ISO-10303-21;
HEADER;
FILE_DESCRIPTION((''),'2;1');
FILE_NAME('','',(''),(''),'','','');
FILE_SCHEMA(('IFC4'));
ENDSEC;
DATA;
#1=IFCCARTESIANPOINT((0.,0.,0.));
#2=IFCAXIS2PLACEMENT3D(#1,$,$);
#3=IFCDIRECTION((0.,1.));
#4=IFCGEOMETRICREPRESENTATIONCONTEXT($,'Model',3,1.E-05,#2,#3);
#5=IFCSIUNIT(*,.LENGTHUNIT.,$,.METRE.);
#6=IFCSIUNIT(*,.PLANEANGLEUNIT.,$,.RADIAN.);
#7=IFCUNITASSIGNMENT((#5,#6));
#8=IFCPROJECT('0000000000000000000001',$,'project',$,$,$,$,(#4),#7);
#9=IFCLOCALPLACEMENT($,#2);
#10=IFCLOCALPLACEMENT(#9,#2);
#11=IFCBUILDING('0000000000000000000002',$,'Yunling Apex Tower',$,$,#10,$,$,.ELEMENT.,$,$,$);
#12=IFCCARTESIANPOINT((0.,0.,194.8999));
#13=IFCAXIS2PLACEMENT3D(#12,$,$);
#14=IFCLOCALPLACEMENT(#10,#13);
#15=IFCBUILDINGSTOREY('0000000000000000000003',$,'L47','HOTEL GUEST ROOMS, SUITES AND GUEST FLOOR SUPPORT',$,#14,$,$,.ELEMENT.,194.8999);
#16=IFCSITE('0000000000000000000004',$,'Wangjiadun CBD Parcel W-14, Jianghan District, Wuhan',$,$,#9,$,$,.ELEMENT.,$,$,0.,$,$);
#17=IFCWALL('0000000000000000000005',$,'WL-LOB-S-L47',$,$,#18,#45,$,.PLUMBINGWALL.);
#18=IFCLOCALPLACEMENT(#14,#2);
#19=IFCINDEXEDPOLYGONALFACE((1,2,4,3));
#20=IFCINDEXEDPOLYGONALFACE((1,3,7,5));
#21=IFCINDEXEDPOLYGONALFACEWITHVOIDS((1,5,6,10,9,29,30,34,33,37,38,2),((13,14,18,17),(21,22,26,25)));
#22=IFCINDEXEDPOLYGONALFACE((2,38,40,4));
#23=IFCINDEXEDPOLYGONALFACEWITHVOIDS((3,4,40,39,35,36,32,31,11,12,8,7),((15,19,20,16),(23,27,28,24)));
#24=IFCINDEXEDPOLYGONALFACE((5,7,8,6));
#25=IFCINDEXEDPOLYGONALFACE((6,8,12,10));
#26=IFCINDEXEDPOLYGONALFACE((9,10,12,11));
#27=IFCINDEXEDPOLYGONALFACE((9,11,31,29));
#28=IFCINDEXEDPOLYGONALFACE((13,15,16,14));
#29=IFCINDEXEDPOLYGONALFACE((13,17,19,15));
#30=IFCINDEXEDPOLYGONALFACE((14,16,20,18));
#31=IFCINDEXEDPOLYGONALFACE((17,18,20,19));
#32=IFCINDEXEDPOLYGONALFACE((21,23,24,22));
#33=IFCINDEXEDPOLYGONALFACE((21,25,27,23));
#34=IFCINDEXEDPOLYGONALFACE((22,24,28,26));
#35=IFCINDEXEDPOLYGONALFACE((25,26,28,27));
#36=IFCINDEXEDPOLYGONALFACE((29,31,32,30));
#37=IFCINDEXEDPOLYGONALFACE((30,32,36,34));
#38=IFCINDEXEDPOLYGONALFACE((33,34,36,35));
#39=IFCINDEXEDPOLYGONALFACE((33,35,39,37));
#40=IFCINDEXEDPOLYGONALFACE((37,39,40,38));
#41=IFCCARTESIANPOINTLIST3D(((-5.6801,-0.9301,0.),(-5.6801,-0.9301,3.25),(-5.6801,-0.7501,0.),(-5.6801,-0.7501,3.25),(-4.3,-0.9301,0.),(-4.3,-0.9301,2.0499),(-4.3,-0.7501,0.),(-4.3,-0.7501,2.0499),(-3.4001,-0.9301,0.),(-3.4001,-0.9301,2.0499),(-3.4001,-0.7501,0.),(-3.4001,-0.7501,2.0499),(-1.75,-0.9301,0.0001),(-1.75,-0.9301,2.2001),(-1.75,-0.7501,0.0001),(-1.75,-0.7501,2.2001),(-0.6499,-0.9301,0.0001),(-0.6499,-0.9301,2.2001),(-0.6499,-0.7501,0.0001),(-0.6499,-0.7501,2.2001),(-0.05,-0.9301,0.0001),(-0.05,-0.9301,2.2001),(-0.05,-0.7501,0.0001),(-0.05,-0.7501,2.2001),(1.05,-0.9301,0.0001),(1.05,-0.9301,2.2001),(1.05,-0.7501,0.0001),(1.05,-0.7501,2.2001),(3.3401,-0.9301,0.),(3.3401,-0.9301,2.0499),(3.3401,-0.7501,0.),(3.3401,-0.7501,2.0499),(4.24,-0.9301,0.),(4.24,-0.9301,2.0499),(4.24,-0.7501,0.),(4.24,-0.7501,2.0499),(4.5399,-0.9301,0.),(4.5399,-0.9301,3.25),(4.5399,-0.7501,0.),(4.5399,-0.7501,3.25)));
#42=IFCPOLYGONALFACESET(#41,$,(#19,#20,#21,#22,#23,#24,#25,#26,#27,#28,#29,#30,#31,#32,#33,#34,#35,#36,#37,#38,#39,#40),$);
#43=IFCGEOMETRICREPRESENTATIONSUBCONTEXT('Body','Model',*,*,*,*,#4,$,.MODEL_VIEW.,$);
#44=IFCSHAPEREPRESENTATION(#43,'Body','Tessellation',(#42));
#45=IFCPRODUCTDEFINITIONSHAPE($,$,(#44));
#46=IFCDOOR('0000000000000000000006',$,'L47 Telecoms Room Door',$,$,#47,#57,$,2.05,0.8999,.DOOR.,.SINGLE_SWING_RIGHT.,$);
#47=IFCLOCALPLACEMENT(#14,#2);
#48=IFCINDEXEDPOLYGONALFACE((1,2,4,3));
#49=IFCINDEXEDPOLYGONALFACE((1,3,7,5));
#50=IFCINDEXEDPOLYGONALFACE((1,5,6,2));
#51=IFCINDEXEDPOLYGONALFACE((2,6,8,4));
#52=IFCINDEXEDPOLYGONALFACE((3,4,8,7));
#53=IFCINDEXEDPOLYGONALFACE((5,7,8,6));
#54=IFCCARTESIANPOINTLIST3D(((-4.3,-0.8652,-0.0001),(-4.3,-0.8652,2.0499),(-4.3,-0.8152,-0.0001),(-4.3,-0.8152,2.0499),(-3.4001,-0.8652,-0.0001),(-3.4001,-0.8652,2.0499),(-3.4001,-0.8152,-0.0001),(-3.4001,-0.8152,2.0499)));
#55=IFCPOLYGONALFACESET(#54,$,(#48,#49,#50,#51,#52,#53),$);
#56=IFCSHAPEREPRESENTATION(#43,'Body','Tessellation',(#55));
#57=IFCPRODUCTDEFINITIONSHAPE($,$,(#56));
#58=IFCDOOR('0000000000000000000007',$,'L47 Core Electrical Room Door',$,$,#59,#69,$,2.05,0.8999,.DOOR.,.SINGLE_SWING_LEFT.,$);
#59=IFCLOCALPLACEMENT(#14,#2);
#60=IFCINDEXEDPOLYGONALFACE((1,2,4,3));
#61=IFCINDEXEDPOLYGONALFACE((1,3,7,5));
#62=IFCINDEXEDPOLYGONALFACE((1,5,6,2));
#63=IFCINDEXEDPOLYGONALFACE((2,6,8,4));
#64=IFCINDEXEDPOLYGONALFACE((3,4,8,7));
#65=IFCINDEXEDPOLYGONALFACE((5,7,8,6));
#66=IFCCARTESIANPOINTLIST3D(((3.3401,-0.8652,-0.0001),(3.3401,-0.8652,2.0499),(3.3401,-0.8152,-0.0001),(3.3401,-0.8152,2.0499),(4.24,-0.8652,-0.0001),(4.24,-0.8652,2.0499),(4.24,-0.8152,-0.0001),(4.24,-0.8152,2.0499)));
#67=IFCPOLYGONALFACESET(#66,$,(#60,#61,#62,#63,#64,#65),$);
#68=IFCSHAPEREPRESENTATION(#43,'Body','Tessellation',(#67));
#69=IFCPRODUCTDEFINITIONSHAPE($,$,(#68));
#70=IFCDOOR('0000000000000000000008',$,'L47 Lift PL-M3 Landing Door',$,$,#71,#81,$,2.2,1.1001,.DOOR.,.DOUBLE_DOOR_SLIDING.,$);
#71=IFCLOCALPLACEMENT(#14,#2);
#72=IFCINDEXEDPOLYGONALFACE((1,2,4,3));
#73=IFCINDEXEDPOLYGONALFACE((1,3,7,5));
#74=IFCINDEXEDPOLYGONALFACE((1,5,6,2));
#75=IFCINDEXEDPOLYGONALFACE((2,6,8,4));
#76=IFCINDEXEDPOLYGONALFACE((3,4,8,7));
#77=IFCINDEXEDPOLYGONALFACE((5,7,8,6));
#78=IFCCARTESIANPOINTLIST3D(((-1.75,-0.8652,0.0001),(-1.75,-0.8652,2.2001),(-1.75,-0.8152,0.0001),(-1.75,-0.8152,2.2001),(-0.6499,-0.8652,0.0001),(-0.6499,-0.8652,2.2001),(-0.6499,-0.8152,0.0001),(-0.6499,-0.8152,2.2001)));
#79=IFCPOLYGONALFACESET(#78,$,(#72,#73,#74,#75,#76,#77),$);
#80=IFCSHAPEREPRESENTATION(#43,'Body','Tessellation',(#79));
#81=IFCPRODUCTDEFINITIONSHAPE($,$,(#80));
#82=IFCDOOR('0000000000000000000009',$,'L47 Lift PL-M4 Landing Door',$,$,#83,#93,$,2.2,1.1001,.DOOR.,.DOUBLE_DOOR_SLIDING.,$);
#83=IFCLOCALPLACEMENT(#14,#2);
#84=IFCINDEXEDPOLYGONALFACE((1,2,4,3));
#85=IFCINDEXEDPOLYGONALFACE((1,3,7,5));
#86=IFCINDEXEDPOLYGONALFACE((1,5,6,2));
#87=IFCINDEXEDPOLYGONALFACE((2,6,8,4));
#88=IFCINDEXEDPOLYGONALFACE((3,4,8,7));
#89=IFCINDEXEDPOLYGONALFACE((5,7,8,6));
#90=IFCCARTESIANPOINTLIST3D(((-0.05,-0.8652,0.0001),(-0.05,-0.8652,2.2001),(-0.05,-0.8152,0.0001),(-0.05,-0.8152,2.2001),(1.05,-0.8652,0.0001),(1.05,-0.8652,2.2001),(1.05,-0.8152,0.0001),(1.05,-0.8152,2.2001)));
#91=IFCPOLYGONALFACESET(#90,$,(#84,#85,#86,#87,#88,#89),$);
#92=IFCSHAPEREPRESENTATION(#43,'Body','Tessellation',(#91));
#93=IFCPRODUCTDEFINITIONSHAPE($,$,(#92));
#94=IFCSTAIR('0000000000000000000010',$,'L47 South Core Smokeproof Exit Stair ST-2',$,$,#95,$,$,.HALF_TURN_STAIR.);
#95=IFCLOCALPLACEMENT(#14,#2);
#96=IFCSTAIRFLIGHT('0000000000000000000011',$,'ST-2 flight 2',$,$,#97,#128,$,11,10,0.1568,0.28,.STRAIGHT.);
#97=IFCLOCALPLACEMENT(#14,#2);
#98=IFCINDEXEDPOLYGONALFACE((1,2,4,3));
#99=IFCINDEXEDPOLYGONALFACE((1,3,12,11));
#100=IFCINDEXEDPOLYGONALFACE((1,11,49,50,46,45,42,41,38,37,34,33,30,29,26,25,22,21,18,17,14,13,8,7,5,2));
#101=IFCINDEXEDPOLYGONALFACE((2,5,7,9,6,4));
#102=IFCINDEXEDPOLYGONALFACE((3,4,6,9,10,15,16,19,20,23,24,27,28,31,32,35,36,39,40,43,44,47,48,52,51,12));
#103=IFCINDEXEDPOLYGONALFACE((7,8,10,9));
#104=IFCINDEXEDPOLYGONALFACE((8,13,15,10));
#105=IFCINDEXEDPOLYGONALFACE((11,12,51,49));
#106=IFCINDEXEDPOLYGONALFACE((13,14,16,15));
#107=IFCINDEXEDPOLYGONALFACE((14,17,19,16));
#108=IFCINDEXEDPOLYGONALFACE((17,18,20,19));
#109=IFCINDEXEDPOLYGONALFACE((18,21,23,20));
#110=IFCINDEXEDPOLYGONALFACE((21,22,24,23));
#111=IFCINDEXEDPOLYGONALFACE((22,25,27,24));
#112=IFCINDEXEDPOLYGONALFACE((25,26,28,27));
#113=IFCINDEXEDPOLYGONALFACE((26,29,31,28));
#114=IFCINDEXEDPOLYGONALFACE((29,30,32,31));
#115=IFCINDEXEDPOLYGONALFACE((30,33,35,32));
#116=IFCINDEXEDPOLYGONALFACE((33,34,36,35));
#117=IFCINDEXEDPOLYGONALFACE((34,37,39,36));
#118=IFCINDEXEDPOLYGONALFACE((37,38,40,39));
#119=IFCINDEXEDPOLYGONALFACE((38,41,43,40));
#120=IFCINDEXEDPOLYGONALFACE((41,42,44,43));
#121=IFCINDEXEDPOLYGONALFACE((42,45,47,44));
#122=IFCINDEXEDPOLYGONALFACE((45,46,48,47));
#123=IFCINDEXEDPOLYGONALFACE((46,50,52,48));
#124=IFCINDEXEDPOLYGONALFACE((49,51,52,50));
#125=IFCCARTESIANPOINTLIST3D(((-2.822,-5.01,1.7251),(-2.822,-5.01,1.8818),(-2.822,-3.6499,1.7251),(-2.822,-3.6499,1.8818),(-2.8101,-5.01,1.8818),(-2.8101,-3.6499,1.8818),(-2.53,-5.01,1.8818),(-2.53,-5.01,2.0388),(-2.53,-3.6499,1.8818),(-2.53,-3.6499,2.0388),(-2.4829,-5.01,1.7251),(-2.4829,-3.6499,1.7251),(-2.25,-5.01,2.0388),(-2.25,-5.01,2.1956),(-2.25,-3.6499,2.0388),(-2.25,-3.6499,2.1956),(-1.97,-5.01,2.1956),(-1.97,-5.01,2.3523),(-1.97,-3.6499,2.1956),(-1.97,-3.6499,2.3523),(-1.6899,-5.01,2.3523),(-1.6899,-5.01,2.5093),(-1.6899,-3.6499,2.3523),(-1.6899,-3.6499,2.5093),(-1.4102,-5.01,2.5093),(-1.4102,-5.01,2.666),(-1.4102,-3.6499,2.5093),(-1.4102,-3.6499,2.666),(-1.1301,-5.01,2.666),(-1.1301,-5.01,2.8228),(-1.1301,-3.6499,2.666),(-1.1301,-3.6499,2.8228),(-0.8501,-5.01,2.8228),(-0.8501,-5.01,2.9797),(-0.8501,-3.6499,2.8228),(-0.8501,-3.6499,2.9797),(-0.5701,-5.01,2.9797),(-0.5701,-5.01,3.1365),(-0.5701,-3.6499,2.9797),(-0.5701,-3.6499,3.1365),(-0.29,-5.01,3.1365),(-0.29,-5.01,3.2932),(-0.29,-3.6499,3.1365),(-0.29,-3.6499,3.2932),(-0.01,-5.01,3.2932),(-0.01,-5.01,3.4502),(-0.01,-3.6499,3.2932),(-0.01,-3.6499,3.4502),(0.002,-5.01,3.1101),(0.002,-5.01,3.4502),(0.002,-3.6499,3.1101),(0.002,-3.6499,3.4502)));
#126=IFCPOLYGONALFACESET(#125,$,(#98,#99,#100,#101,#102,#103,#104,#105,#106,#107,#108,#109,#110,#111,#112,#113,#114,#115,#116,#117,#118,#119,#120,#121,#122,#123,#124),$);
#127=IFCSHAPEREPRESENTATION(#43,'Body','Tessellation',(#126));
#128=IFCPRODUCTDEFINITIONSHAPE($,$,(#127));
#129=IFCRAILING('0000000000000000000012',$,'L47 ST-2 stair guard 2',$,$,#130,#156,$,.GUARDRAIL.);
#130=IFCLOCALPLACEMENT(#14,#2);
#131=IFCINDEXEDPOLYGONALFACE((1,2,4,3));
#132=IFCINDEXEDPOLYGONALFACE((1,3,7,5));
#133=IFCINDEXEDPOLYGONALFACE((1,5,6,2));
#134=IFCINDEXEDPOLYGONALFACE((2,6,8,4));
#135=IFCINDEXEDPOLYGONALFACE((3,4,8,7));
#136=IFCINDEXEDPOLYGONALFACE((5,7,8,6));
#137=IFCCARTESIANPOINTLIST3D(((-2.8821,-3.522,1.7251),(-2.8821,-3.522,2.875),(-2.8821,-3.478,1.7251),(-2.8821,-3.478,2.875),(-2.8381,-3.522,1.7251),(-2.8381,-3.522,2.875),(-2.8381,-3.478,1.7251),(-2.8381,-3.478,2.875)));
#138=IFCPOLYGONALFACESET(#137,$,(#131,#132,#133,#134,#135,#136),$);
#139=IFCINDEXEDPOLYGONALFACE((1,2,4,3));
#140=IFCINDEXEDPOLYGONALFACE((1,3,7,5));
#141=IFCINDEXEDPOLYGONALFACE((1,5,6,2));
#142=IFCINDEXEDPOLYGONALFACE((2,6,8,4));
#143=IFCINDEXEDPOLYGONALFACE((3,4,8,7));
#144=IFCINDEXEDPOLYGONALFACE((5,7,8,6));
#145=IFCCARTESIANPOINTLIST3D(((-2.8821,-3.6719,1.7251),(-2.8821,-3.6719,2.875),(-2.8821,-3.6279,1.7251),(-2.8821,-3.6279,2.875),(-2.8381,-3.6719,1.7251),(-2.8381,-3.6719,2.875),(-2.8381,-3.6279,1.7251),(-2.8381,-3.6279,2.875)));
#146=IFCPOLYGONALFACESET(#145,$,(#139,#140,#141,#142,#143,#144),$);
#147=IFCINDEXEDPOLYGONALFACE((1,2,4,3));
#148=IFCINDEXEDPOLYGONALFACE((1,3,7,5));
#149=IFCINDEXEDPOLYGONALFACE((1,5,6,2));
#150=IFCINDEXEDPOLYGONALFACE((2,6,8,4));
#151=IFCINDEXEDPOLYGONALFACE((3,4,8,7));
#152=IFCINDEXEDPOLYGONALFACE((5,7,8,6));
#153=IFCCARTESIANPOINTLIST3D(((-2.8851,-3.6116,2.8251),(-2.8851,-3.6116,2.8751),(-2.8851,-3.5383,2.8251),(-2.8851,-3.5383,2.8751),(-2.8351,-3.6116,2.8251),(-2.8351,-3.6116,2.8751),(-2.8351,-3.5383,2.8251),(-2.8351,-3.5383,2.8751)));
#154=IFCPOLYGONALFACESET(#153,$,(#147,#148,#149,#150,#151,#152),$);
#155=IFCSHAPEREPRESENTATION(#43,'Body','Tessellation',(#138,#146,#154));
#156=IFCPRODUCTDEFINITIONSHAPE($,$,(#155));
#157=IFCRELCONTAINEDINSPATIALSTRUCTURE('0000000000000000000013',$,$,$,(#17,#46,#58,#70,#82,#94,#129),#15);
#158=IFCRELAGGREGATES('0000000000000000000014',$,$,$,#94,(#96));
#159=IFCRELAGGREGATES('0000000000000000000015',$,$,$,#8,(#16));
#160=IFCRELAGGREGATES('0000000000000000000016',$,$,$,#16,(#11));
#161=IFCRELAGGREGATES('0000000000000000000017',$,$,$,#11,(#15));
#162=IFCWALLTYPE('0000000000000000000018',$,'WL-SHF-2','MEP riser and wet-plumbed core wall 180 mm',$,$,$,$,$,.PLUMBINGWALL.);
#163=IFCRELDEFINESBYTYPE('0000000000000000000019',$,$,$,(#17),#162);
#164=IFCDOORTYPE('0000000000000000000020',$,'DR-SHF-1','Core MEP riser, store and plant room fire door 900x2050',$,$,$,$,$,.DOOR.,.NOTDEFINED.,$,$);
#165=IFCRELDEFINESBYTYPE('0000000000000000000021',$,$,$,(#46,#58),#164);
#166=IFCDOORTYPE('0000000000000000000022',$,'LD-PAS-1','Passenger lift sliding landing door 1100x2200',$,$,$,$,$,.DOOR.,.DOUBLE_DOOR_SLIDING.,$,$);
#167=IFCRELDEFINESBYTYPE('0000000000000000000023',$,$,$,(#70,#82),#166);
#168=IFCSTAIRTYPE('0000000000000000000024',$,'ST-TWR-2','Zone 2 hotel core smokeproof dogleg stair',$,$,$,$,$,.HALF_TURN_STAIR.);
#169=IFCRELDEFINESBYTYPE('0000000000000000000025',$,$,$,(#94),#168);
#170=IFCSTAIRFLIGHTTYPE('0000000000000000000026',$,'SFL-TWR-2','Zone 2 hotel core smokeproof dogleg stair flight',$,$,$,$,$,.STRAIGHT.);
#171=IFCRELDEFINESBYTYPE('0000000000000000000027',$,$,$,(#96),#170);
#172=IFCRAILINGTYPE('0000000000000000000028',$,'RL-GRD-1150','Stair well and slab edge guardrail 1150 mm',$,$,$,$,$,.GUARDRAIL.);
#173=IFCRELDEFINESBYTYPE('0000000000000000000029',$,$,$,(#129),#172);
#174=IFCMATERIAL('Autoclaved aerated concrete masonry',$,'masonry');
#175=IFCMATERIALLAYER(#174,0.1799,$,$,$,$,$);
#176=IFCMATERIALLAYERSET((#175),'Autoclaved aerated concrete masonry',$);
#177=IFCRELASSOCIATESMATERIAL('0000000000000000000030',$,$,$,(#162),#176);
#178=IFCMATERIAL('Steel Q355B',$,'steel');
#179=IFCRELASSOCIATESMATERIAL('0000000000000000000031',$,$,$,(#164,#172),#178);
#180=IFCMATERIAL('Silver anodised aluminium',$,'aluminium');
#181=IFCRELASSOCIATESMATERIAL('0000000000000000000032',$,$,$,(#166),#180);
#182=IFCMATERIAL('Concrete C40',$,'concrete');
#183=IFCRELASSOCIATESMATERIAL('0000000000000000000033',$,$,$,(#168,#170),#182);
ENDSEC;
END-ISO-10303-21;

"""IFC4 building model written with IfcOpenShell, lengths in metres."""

from ifc_helpers import new_model, si_unit, direction, frame, frame_2d, origin, origin_2d, place, context, subcontext, project, spatial, polyline, rectangle, outline, extrude, material, layer, layer_set, type_object, element, fill, aggregate, save


model = new_model("IFC4")

# Units and contexts
model_context = context("Model", 3, precision=1e-05, world=origin(), true_north=direction((0.0, 1.0)))
body_context = subcontext(model_context, "Body", "Model", "MODEL_VIEW")
ifc_project = project(units=[si_unit("LENGTHUNIT", "METRE"), si_unit("PLANEANGLEUNIT", "RADIAN")], contexts=[model_context])

# Site, building, storey
site_placement = place(None, origin())
site = spatial("IfcSite", under=ifc_project, at=site_placement, Name="Wangjiadun CBD Parcel W-14, Jianghan District, Wuhan", CompositionType="ELEMENT", RefElevation=0.0)
building_placement = place(site_placement, origin())
building = spatial("IfcBuilding", under=site, at=building_placement, Name="Yunling Apex Tower", CompositionType="ELEMENT")
storey_placement = place(building_placement, frame((0.0, 0.0, 194.8999)))
storey = spatial("IfcBuildingStorey", under=building, at=storey_placement, Name="L47", Description="HOTEL GUEST ROOMS, SUITES AND GUEST FLOOR SUPPORT", CompositionType="ELEMENT", Elevation=194.8999)

# Shared definitions
ifc_material_1 = material(Name="Steel Q355B", Category="steel")

# Shared definitions
ifc_material_2 = material(Name="Concrete C40", Category="concrete")

# Shared definitions
ifc_material_3 = material(Name="Autoclaved aerated concrete masonry", Category="masonry")

# Shared definitions
ifc_layer_1 = layer(ifc_material_3, 0.1799)
ifc_layer_set_1 = layer_set([ifc_layer_1], Name="Autoclaved aerated concrete masonry")
wall_type_1 = type_object("IfcWallType", Name="WL-SHF-2", Description="MEP riser and wet-plumbed core wall 180 mm", PredefinedType="PLUMBINGWALL", material=ifc_layer_set_1)

# Wall, openings, doors
wall_1_placement = place(storey_placement, frame((-5.6799, -0.8401, 0.0), z_axis=(0.0, 0.0, 1.0), x_axis=(1.0, 0.0, 0.0)))
wall_1 = element("IfcWall", 1, at=wall_1_placement, inside=storey, type_object=wall_type_1, Name="WL-LOB-S-L47", PredefinedType="PLUMBINGWALL", context=body_context, shape_type="SweptSolid", body=[
    extrude(rectangle(XDim=10.22, YDim=0.1799, at=frame_2d((5.1099, 0.0))), origin(), (0.0, 0.0, 1.0), 3.25),
])
opening_1_placement = place(wall_1_placement, frame((1.3799, 0.0, 0.0)))
opening_1 = element("IfcOpeningElement", 2, at=opening_1_placement, cuts=wall_1, PredefinedType="OPENING", context=body_context, shape_type="SweptSolid", body=[
    extrude(rectangle(XDim=0.8999, YDim=2.05, at=frame_2d((0.45, 1.0249))), frame((0.0, 0.1001, 0.0), z_axis=(0.0, -1.0, 0.0), x_axis=(1.0, 0.0, 0.0)), (0.0, 0.0, 1.0), 0.2),
])
opening_2_placement = place(wall_1_placement, frame((3.9299, 0.0, 0.0)))
opening_2 = element("IfcOpeningElement", 3, at=opening_2_placement, cuts=wall_1, PredefinedType="OPENING", context=body_context, shape_type="SweptSolid", body=[
    extrude(rectangle(XDim=1.1001, YDim=2.2, at=frame_2d((0.55, 1.1001))), frame((0.0, 0.1001, 0.0), z_axis=(0.0, -1.0, 0.0), x_axis=(1.0, 0.0, 0.0)), (0.0, 0.0, 1.0), 0.2),
])
opening_3_placement = place(wall_1_placement, frame((5.6299, 0.0, 0.0)))
opening_3 = element("IfcOpeningElement", 4, at=opening_3_placement, cuts=wall_1, PredefinedType="OPENING", context=body_context, shape_type="SweptSolid", body=[
    extrude(rectangle(XDim=1.1001, YDim=2.2, at=frame_2d((0.55, 1.1001))), frame((0.0, 0.1001, 0.0), z_axis=(0.0, -1.0, 0.0), x_axis=(1.0, 0.0, 0.0)), (0.0, 0.0, 1.0), 0.2),
])
opening_4_placement = place(wall_1_placement, frame((9.02, 0.0, 0.0)))
opening_4 = element("IfcOpeningElement", 5, at=opening_4_placement, cuts=wall_1, PredefinedType="OPENING", context=body_context, shape_type="SweptSolid", body=[
    extrude(rectangle(XDim=0.8999, YDim=2.05, at=frame_2d((0.45, 1.0249))), frame((0.0, 0.1001, 0.0), z_axis=(0.0, -1.0, 0.0), x_axis=(1.0, 0.0, 0.0)), (0.0, 0.0, 1.0), 0.2),
])
door_type_1 = type_object("IfcDoorType", Name="DR-SHF-1", Description="Core MEP riser, store and plant room fire door 900x2050", OperationType="NOTDEFINED", PredefinedType="DOOR", material=ifc_material_1)
door_1_placement = place(opening_1_placement, origin())
door_1 = element("IfcDoor", 6, at=door_1_placement, inside=storey, type_object=door_type_1, Name="L47 Telecoms Room Door", OperationType="SINGLE_SWING_RIGHT", OverallHeight=2.05, OverallWidth=0.8999, PredefinedType="DOOR", context=body_context, shape_type="SweptSolid", body=[
    extrude(rectangle(XDim=0.8999, YDim=2.05, at=frame_2d((0.45, 1.0249))), frame((0.0, 0.0249, 0.0), z_axis=(0.0, -1.0, 0.0), x_axis=(1.0, 0.0, 0.0)), (0.0, 0.0, 1.0), 0.05),
])
fill(opening_1, door_1)
door_2_placement = place(opening_4_placement, origin())
door_2 = element("IfcDoor", 7, at=door_2_placement, inside=storey, type_object=door_type_1, Name="L47 Core Electrical Room Door", OperationType="SINGLE_SWING_LEFT", OverallHeight=2.05, OverallWidth=0.8999, PredefinedType="DOOR", context=body_context, shape_type="SweptSolid", body=[
    extrude(rectangle(XDim=0.8999, YDim=2.05, at=frame_2d((0.45, 1.0249))), frame((0.0, 0.0249, 0.0), z_axis=(0.0, -1.0, 0.0), x_axis=(1.0, 0.0, 0.0)), (0.0, 0.0, 1.0), 0.05),
])
fill(opening_4, door_2)
ifc_material_4 = material(Name="Silver anodised aluminium", Category="aluminium")
door_type_2 = type_object("IfcDoorType", Name="LD-PAS-1", Description="Passenger lift sliding landing door 1100x2200", OperationType="DOUBLE_DOOR_SLIDING", PredefinedType="DOOR", material=ifc_material_4)
door_3_placement = place(opening_2_placement, origin())
door_3 = element("IfcDoor", 8, at=door_3_placement, inside=storey, type_object=door_type_2, Name="L47 Lift PL-M3 Landing Door", OperationType="DOUBLE_DOOR_SLIDING", OverallHeight=2.2, OverallWidth=1.1001, PredefinedType="DOOR", context=body_context, shape_type="SweptSolid", body=[
    extrude(rectangle(XDim=1.1001, YDim=2.2, at=frame_2d((0.55, 1.1001))), frame((0.0, 0.0249, 0.0), z_axis=(0.0, -1.0, 0.0), x_axis=(1.0, 0.0, 0.0)), (0.0, 0.0, 1.0), 0.05),
])
fill(opening_2, door_3)
door_4_placement = place(opening_3_placement, origin())
door_4 = element("IfcDoor", 9, at=door_4_placement, inside=storey, type_object=door_type_2, Name="L47 Lift PL-M4 Landing Door", OperationType="DOUBLE_DOOR_SLIDING", OverallHeight=2.2, OverallWidth=1.1001, PredefinedType="DOOR", context=body_context, shape_type="SweptSolid", body=[
    extrude(rectangle(XDim=1.1001, YDim=2.2, at=frame_2d((0.55, 1.1001))), frame((0.0, 0.0249, 0.0), z_axis=(0.0, -1.0, 0.0), x_axis=(1.0, 0.0, 0.0)), (0.0, 0.0, 1.0), 0.05),
])
fill(opening_3, door_4)

# Stair, stair flight
stair_type = type_object("IfcStairType", Name="ST-TWR-2", Description="Zone 2 hotel core smokeproof dogleg stair", PredefinedType="HALF_TURN_STAIR", material=ifc_material_2)
stair_placement = place(storey_placement, origin())
stair = element("IfcStair", 10, at=stair_placement, inside=storey, type_object=stair_type, Name="L47 South Core Smokeproof Exit Stair ST-2", PredefinedType="HALF_TURN_STAIR")
stair_flight_type = type_object("IfcStairFlightType", Name="SFL-TWR-2", Description="Zone 2 hotel core smokeproof dogleg stair flight", PredefinedType="STRAIGHT", material=ifc_material_2)
stair_flight_placement = place(storey_placement, frame((-2.8101, -4.3301, 1.7251), z_axis=(0.0, 0.0, 1.0), x_axis=(1.0, 0.0, 0.0)))
stair_flight = element("IfcStairFlight", 11, at=stair_flight_placement, type_object=stair_flight_type, Name="ST-2 flight 2", NumberOfRisers=11, NumberOfTreads=10, PredefinedType="STRAIGHT", RiserHeight=0.1568, TreadLength=0.28, context=body_context, shape_type="SweptSolid", body=[
    extrude(outline(polyline([(-0.012, 0.0), (-0.012, 0.1567), (0.0, 0.1567), (0.28, 0.1567), (0.28, 0.3137), (0.5601, 0.3137), (0.5601, 0.4705), (0.8401, 0.4705), (0.8401, 0.6272), (1.1201, 0.6272), (1.1201, 0.7842), (1.3999, 0.7842), (1.3999, 0.9409), (1.6799, 0.9409), (1.6799, 1.0977), (1.96, 1.0977), (1.96, 1.2546), (2.24, 1.2546), (2.24, 1.4114), (2.52, 1.4114), (2.52, 1.5681), (2.8, 1.5681), (2.8, 1.7251), (2.812, 1.7251), (2.812, 1.385), (0.3271, 0.0), (-0.012, 0.0)])), frame((0.0, 0.6802, 0.0), z_axis=(0.0, -1.0, 0.0), x_axis=(1.0, 0.0, 0.0)), (0.0, 0.0, 1.0), 1.3601),
])
aggregate(stair, [stair_flight])

# Railing
railing_type_1 = type_object("IfcRailingType", Name="RL-GRD-1150", Description="Stair well and slab edge guardrail 1150 mm", PredefinedType="GUARDRAIL", material=ifc_material_1)
railing_1_placement = place(storey_placement, frame((-2.8601, -3.5, 1.7251)))
element("IfcRailing", 12, at=railing_1_placement, inside=storey, type_object=railing_type_1, Name="L47 ST-2 stair guard 2", PredefinedType="GUARDRAIL", context=body_context, shape_type="SweptSolid", body=[
    extrude(rectangle(XDim=0.0439, YDim=0.0439, at=origin_2d()), origin(), (0.0, 0.0, 1.0), 1.1499),
    extrude(rectangle(XDim=0.0439, YDim=0.0439, at=origin_2d()), frame((0.0, -0.1499, 0.0)), (0.0, 0.0, 1.0), 1.1499),
    extrude(rectangle(XDim=0.05, YDim=0.05, at=origin_2d()), frame((0.0, -0.0383, 1.125), z_axis=(0.0, -1.0, 0.0), x_axis=(1.0, 0.0, 0.0)), (0.0, 0.0, 1.0), 0.0732),
])

save(model, "model.ifc")
